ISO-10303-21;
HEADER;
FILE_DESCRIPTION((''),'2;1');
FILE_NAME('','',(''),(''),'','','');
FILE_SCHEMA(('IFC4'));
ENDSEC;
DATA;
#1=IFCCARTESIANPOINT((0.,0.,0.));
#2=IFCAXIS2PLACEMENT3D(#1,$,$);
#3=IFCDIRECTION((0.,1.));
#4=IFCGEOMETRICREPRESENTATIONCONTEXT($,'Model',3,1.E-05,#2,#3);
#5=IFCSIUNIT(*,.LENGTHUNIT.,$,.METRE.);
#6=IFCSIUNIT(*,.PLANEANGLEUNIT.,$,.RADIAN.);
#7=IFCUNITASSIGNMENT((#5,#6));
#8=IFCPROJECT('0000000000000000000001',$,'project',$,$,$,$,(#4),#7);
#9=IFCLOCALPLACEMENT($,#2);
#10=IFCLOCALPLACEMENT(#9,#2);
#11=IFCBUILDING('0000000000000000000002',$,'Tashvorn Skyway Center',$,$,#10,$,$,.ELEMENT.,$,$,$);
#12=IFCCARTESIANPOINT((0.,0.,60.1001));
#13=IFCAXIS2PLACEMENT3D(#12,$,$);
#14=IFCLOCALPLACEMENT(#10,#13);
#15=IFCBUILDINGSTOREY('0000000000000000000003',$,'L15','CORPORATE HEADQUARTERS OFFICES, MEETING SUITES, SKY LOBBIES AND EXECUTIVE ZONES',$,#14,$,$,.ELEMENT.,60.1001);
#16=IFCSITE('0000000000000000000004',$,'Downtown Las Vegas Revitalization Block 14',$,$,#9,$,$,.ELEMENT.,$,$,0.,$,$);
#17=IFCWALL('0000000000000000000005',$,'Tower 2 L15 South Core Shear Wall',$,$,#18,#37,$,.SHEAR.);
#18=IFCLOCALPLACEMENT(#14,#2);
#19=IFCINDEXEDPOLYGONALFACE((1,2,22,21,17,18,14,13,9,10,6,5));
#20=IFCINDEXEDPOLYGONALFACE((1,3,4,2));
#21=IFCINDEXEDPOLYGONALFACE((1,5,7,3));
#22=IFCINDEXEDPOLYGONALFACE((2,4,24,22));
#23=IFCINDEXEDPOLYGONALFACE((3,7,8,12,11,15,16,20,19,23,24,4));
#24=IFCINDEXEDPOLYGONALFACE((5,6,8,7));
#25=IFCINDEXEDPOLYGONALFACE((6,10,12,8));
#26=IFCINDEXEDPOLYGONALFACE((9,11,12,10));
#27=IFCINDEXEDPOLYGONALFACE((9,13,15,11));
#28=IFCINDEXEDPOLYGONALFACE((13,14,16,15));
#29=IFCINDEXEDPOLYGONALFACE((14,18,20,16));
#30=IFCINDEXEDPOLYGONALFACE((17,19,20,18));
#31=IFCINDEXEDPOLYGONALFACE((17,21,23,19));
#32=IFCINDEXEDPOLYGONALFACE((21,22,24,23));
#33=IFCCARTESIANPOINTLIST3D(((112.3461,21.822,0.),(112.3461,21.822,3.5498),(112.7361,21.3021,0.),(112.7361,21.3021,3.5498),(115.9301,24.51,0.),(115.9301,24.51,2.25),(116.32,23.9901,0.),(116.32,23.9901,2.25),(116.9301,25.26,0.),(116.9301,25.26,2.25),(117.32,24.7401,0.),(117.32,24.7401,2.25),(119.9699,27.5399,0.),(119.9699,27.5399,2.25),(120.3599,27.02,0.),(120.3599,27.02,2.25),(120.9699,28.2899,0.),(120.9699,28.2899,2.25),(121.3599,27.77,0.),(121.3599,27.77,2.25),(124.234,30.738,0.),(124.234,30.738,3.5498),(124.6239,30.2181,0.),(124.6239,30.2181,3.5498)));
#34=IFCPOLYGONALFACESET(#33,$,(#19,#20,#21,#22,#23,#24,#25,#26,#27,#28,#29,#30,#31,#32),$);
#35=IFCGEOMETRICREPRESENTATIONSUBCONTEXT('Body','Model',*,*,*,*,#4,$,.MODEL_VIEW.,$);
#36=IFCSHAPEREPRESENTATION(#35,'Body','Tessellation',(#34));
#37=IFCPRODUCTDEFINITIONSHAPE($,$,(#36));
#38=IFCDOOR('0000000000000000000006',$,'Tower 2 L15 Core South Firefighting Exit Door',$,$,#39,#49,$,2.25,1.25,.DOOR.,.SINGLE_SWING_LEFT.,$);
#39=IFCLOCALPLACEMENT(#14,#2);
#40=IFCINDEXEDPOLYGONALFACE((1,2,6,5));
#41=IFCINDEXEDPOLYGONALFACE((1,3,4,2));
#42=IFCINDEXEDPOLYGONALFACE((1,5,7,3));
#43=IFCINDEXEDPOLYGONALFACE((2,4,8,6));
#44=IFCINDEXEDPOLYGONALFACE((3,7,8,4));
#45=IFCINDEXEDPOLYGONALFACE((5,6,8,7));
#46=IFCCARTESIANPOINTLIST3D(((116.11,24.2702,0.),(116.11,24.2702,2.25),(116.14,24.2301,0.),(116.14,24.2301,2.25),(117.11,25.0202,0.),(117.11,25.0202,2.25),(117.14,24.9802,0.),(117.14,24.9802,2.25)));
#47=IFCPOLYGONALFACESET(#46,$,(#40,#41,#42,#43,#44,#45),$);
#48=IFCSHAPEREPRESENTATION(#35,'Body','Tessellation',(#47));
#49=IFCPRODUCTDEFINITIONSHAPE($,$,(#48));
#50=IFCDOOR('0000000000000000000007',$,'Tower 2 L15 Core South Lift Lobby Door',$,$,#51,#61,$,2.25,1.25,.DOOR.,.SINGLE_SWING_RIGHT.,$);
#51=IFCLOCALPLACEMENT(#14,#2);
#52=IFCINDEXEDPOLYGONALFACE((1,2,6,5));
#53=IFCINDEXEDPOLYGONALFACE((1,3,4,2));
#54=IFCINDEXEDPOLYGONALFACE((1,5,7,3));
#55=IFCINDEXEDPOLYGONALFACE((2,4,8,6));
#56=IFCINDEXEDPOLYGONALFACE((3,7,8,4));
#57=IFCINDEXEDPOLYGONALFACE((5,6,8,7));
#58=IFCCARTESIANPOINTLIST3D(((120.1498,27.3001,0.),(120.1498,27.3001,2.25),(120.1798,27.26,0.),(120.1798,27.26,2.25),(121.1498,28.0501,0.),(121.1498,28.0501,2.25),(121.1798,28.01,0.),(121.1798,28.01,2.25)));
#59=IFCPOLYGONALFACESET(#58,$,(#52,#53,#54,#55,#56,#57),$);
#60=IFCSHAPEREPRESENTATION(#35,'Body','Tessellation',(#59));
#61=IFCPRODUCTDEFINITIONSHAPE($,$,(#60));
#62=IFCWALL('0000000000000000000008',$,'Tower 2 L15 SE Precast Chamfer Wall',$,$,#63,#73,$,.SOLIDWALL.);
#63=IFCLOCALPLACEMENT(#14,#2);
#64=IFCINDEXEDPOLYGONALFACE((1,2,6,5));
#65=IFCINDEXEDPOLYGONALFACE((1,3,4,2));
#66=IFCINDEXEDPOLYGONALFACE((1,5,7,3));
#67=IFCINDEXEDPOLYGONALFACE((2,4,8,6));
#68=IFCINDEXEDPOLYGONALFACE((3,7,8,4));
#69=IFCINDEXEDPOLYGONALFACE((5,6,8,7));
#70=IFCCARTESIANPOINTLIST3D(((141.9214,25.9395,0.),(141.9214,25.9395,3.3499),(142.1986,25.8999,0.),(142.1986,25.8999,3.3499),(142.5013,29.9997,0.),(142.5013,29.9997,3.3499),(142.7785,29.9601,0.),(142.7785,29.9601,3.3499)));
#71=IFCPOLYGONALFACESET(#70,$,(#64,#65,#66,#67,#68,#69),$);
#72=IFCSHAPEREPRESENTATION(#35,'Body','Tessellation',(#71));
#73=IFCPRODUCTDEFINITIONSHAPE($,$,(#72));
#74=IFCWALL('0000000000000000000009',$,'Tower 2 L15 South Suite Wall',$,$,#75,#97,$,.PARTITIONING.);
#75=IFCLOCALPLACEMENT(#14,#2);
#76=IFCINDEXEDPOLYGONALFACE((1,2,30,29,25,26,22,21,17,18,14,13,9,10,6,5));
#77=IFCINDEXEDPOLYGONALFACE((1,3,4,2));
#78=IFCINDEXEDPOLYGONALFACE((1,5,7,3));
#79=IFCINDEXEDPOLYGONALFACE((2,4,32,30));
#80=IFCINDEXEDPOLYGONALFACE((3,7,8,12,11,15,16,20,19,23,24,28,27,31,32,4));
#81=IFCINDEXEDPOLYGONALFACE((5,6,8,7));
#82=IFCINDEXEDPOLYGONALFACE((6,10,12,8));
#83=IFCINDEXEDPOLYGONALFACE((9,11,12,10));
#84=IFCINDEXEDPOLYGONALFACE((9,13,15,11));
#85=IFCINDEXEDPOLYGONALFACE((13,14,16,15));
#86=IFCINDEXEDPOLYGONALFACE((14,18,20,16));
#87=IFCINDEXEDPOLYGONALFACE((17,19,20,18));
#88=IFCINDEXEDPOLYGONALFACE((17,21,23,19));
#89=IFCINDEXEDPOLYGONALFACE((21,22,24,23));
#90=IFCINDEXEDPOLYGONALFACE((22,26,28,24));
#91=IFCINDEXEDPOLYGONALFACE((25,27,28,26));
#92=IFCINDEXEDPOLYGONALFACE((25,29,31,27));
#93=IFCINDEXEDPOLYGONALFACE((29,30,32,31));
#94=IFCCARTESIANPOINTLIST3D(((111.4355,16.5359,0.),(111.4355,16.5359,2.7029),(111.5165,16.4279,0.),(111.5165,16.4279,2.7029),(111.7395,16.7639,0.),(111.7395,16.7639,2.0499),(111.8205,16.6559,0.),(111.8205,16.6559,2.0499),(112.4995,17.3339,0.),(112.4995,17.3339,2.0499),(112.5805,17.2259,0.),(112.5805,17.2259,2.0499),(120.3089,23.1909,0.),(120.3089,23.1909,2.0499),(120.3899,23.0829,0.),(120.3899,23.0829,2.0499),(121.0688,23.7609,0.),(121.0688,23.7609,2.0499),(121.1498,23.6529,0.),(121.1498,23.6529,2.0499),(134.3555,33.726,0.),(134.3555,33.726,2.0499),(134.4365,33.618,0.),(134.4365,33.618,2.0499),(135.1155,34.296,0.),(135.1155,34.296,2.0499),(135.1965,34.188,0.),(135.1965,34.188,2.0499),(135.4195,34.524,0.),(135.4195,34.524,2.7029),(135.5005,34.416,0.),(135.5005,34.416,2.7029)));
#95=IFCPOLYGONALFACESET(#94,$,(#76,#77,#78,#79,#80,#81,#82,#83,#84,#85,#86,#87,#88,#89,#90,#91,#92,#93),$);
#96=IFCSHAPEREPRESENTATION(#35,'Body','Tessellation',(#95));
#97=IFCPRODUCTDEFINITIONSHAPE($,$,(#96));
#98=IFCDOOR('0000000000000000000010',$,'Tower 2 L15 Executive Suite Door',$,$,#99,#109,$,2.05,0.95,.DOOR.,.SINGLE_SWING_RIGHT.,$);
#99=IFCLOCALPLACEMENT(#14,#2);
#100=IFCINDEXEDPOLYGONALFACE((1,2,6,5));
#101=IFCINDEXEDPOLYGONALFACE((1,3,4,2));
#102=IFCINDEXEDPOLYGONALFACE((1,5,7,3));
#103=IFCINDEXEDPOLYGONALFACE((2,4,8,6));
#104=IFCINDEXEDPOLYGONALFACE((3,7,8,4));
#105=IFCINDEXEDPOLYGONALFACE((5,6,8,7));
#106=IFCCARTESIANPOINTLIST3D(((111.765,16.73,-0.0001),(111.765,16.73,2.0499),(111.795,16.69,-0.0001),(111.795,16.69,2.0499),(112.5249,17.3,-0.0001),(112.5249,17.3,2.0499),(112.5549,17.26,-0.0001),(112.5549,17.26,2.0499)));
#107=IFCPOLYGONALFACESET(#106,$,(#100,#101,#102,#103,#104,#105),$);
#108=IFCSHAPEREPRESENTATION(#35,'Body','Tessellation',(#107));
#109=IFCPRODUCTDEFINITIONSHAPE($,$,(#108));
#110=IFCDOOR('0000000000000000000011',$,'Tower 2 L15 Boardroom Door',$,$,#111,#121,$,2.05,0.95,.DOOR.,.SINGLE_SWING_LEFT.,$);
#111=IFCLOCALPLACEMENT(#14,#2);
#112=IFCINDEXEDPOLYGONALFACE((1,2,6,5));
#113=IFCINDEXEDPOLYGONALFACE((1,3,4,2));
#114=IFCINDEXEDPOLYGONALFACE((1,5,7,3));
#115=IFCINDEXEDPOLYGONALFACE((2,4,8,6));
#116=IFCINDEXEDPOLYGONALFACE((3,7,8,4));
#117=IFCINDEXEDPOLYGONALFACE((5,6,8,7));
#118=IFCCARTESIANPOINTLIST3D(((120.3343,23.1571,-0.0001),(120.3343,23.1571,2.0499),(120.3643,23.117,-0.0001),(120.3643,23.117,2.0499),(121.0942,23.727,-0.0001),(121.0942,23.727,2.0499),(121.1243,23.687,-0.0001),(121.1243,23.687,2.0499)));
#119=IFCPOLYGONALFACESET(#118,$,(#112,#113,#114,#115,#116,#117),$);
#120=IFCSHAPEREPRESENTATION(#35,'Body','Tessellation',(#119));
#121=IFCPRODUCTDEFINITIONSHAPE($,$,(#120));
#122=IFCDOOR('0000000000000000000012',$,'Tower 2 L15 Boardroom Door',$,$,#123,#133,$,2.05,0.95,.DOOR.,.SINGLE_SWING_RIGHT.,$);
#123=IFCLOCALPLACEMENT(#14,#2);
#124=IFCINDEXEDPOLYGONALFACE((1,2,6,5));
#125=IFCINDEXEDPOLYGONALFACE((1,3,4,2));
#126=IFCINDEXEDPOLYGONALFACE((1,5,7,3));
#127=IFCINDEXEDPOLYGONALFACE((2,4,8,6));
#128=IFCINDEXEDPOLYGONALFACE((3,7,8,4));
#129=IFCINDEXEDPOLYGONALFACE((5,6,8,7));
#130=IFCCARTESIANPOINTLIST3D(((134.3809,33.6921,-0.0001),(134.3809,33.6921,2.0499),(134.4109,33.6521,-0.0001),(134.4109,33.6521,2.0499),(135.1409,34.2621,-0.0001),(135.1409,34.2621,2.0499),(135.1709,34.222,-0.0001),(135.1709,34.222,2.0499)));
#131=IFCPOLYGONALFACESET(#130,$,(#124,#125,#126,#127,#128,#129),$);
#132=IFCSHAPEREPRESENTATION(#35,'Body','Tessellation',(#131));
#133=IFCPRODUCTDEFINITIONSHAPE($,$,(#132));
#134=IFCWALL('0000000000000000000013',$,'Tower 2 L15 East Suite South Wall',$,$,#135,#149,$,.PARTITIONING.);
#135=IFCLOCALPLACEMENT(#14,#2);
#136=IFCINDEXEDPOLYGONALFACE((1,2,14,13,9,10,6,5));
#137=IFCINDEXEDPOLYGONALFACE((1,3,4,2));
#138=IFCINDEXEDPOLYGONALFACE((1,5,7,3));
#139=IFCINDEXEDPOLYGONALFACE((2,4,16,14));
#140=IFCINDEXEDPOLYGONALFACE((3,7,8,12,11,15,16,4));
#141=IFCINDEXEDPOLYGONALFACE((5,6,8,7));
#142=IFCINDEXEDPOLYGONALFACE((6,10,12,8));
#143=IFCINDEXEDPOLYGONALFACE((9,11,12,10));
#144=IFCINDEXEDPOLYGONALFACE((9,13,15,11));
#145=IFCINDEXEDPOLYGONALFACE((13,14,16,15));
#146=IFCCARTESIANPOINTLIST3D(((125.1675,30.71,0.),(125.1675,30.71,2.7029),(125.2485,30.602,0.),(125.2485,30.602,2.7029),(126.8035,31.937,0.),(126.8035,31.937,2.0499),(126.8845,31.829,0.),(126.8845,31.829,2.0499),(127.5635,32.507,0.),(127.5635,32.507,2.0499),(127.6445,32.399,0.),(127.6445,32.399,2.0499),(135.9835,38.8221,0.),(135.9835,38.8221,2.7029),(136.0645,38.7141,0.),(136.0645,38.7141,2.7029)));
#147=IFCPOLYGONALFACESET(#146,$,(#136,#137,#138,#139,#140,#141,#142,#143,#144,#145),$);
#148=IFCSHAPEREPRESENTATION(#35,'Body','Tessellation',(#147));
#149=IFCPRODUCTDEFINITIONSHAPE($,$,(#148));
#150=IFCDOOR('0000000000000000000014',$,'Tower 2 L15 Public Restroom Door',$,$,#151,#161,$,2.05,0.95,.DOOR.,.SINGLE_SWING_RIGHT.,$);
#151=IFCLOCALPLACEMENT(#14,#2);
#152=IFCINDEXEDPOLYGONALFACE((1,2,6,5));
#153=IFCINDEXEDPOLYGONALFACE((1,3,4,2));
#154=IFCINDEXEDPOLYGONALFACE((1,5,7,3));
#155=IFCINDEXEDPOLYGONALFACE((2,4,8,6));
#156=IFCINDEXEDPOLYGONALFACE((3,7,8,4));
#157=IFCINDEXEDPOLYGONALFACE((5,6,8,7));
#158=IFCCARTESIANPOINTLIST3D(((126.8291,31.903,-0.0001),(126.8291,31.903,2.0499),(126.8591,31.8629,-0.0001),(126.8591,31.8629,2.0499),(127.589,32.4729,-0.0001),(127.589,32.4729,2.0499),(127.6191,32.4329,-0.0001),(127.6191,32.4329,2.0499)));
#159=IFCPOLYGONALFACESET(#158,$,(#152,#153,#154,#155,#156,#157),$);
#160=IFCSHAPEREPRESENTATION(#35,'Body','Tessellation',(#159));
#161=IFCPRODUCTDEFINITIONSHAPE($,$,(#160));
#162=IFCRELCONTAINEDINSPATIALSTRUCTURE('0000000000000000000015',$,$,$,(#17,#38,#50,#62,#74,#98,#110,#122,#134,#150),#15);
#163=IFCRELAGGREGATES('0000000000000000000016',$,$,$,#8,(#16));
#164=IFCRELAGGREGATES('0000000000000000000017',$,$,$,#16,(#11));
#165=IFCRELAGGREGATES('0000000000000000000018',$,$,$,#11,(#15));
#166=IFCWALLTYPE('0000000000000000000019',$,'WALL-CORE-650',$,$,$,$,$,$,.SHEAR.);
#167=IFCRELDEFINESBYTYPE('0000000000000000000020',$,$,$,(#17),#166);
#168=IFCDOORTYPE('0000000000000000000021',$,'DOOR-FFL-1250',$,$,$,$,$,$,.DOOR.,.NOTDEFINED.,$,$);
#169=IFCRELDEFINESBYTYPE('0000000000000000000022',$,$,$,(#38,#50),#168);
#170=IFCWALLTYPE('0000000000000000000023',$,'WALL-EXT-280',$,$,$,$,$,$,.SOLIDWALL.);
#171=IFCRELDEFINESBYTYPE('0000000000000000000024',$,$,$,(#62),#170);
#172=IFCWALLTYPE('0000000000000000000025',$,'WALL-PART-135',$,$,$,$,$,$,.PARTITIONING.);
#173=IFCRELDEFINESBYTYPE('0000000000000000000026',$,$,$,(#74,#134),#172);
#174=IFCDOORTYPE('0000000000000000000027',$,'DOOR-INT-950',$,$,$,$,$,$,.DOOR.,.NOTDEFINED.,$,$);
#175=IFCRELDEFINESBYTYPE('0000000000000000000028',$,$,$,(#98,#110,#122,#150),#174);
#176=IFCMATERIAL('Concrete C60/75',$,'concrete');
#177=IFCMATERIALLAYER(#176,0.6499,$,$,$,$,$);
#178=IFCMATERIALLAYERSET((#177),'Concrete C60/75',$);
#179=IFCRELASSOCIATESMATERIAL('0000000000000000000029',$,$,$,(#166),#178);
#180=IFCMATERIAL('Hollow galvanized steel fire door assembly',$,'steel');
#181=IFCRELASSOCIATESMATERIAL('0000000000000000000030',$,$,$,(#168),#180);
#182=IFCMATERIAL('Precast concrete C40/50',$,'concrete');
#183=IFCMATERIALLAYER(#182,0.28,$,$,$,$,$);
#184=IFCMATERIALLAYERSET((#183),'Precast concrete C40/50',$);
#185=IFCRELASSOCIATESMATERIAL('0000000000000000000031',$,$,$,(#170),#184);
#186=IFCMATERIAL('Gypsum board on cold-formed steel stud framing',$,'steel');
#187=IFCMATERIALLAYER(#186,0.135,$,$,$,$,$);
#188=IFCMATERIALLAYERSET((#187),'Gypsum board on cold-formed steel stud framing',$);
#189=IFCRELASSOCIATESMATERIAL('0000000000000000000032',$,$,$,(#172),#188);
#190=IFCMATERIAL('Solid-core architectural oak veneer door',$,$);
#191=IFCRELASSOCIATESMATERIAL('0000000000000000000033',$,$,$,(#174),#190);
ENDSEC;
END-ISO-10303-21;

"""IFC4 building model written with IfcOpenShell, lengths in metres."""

from ifc_helpers import new_model, si_unit, direction, frame, frame_2d, origin, place, context, subcontext, project, spatial, rectangle, extrude, material, layer, layer_set, type_object, element, fill, save


model = new_model("IFC4")

# Units and contexts
model_context = context("Model", 3, precision=1e-05, world=origin(), true_north=direction((0.0, 1.0)))
body_context = subcontext(model_context, "Body", "Model", "MODEL_VIEW")
ifc_project = project(units=[si_unit("LENGTHUNIT", "METRE"), si_unit("PLANEANGLEUNIT", "RADIAN")], contexts=[model_context])

# Site, building, storey
site_placement = place(None, origin())
site = spatial("IfcSite", under=ifc_project, at=site_placement, Name="Downtown Las Vegas Revitalization Block 14", CompositionType="ELEMENT", RefElevation=0.0)
building_placement = place(site_placement, origin())
building = spatial("IfcBuilding", under=site, at=building_placement, Name="Tashvorn Skyway Center", CompositionType="ELEMENT")
storey_placement = place(building_placement, frame((0.0, 0.0, 60.1001)))
storey = spatial("IfcBuildingStorey", under=building, at=storey_placement, Name="L15", Description="CORPORATE HEADQUARTERS OFFICES, MEETING SUITES, SKY LOBBIES AND EXECUTIVE ZONES", CompositionType="ELEMENT", Elevation=60.1001)

# Wall, openings, doors
ifc_material_1 = material(Name="Concrete C60/75", Category="concrete")
ifc_layer_1 = layer(ifc_material_1, 0.6499)
ifc_layer_set_1 = layer_set([ifc_layer_1], Name="Concrete C60/75")
wall_type_1 = type_object("IfcWallType", Name="WALL-CORE-650", PredefinedType="SHEAR", material=ifc_layer_set_1)
wall_1_placement = place(storey_placement, frame((124.429, 30.478, 0.0), z_axis=(0.0, 0.0, 1.0), x_axis=(-0.799998, -0.600003, 0.0)))
wall_1 = element("IfcWall", 1, at=wall_1_placement, inside=storey, type_object=wall_type_1, Name="Tower 2 L15 South Core Shear Wall", PredefinedType="SHEAR", context=body_context, shape_type="SweptSolid", body=[
    extrude(rectangle(XDim=14.8599, YDim=0.6499, at=frame_2d((7.4299, 0.0))), origin(), (0.0, 0.0, 1.0), 3.5498),
])
opening_1_placement = place(wall_1_placement, frame((9.1299, 0.0, 0.0)))
opening_1 = element("IfcOpeningElement", 2, at=opening_1_placement, cuts=wall_1, PredefinedType="OPENING", context=body_context, shape_type="SweptSolid", body=[
    extrude(rectangle(XDim=1.25, YDim=2.25, at=frame_2d((0.625, 1.125))), frame((0.0, 0.335, 0.0), z_axis=(0.0, -1.0, 0.0), x_axis=(1.0, 0.0, 0.0)), (0.0, 0.0, 1.0), 0.6699),
])
opening_2_placement = place(wall_1_placement, frame((4.0801, 0.0, 0.0)))
opening_2 = element("IfcOpeningElement", 3, at=opening_2_placement, cuts=wall_1, PredefinedType="OPENING", context=body_context, shape_type="SweptSolid", body=[
    extrude(rectangle(XDim=1.25, YDim=2.25, at=frame_2d((0.625, 1.125))), frame((0.0, 0.335, 0.0), z_axis=(0.0, -1.0, 0.0), x_axis=(1.0, 0.0, 0.0)), (0.0, 0.0, 1.0), 0.6699),
])
ifc_material_2 = material(Name="Hollow galvanized steel fire door assembly", Category="steel")
door_type_1 = type_object("IfcDoorType", Name="DOOR-FFL-1250", OperationType="NOTDEFINED", PredefinedType="DOOR", material=ifc_material_2)
door_1_placement = place(opening_1_placement, origin())
door_1 = element("IfcDoor", 4, at=door_1_placement, inside=storey, type_object=door_type_1, Name="Tower 2 L15 Core South Firefighting Exit Door", OperationType="SINGLE_SWING_LEFT", OverallHeight=2.25, OverallWidth=1.25, PredefinedType="DOOR", context=body_context, shape_type="SweptSolid", body=[
    extrude(rectangle(XDim=1.25, YDim=2.25, at=frame_2d((0.625, 1.125))), frame((0.0, 0.0249, 0.0), z_axis=(0.0, -1.0, 0.0), x_axis=(1.0, 0.0, 0.0)), (0.0, 0.0, 1.0), 0.05),
])
fill(opening_1, door_1)
door_2_placement = place(opening_2_placement, origin())
door_2 = element("IfcDoor", 5, at=door_2_placement, inside=storey, type_object=door_type_1, Name="Tower 2 L15 Core South Lift Lobby Door", OperationType="SINGLE_SWING_RIGHT", OverallHeight=2.25, OverallWidth=1.25, PredefinedType="DOOR", context=body_context, shape_type="SweptSolid", body=[
    extrude(rectangle(XDim=1.25, YDim=2.25, at=frame_2d((0.625, 1.125))), frame((0.0, 0.0249, 0.0), z_axis=(0.0, -1.0, 0.0), x_axis=(1.0, 0.0, 0.0)), (0.0, 0.0, 1.0), 0.05),
])
fill(opening_2, door_2)

# Wall
ifc_material_3 = material(Name="Precast concrete C40/50", Category="concrete")
ifc_layer_2 = layer(ifc_material_3, 0.28)
ifc_layer_set_2 = layer_set([ifc_layer_2], Name="Precast concrete C40/50")
wall_type_2 = type_object("IfcWallType", Name="WALL-EXT-280", PredefinedType="SOLIDWALL", material=ifc_layer_set_2)
wall_2_placement = place(storey_placement, frame((142.6399, 29.98, 0.0), z_axis=(0.0, 0.0, 1.0), x_axis=(-0.14138, -0.989955, 0.0)))
element("IfcWall", 6, at=wall_2_placement, inside=storey, type_object=wall_type_2, Name="Tower 2 L15 SE Precast Chamfer Wall", PredefinedType="SOLIDWALL", context=body_context, shape_type="SweptSolid", body=[
    extrude(rectangle(XDim=4.1013, YDim=0.28, at=frame_2d((2.0508, 0.0))), origin(), (0.0, 0.0, 1.0), 3.3499),
])

# Wall, openings, doors
ifc_material_4 = material(Name="Gypsum board on cold-formed steel stud framing", Category="steel")
ifc_layer_3 = layer(ifc_material_4, 0.135)
ifc_layer_set_3 = layer_set([ifc_layer_3], Name="Gypsum board on cold-formed steel stud framing")
wall_type_3 = type_object("IfcWallType", Name="WALL-PART-135", PredefinedType="PARTITIONING", material=ifc_layer_set_3)
wall_3_placement = place(storey_placement, frame((135.46, 34.47, 0.0), z_axis=(0.0, 0.0, 1.0), x_axis=(-0.799998, -0.600003, 0.0)))
wall_3 = element("IfcWall", 7, at=wall_3_placement, inside=storey, type_object=wall_type_3, Name="Tower 2 L15 South Suite Wall", PredefinedType="PARTITIONING", context=body_context, shape_type="SweptSolid", body=[
    extrude(rectangle(XDim=29.98, YDim=0.135, at=frame_2d((14.99, 0.0))), origin(), (0.0, 0.0, 1.0), 2.7029),
])
opening_3_placement = place(wall_3_placement, frame((28.6499, 0.0, 0.0)))
opening_3 = element("IfcOpeningElement", 8, at=opening_3_placement, cuts=wall_3, PredefinedType="OPENING", context=body_context, shape_type="SweptSolid", body=[
    extrude(rectangle(XDim=0.95, YDim=2.05, at=frame_2d((0.4751, 1.0249))), frame((0.0, 0.0774, 0.0), z_axis=(0.0, -1.0, 0.0), x_axis=(1.0, 0.0, 0.0)), (0.0, 0.0, 1.0), 0.155),
])
opening_4_placement = place(wall_3_placement, frame((17.9382, 0.0, 0.0)))
opening_4 = element("IfcOpeningElement", 9, at=opening_4_placement, cuts=wall_3, PredefinedType="OPENING", context=body_context, shape_type="SweptSolid", body=[
    extrude(rectangle(XDim=0.95, YDim=2.05, at=frame_2d((0.4751, 1.0249))), frame((0.0, 0.0774, 0.0), z_axis=(0.0, -1.0, 0.0), x_axis=(1.0, 0.0, 0.0)), (0.0, 0.0, 1.0), 0.155),
])
opening_5_placement = place(wall_3_placement, frame((0.3799, 0.0, 0.0)))
opening_5 = element("IfcOpeningElement", 10, at=opening_5_placement, cuts=wall_3, PredefinedType="OPENING", context=body_context, shape_type="SweptSolid", body=[
    extrude(rectangle(XDim=0.95, YDim=2.05, at=frame_2d((0.4751, 1.0249))), frame((0.0, 0.0774, 0.0), z_axis=(0.0, -1.0, 0.0), x_axis=(1.0, 0.0, 0.0)), (0.0, 0.0, 1.0), 0.155),
])
ifc_material_5 = material(Name="Solid-core architectural oak veneer door")
door_type_2 = type_object("IfcDoorType", Name="DOOR-INT-950", OperationType="NOTDEFINED", PredefinedType="DOOR", material=ifc_material_5)
door_3_placement = place(opening_3_placement, origin())
door_3 = element("IfcDoor", 11, at=door_3_placement, inside=storey, type_object=door_type_2, Name="Tower 2 L15 Executive Suite Door", OperationType="SINGLE_SWING_RIGHT", OverallHeight=2.05, OverallWidth=0.95, PredefinedType="DOOR", context=body_context, shape_type="SweptSolid", body=[
    extrude(rectangle(XDim=0.95, YDim=2.05, at=frame_2d((0.4751, 1.0249))), frame((0.0, 0.0249, 0.0), z_axis=(0.0, -1.0, 0.0), x_axis=(1.0, 0.0, 0.0)), (0.0, 0.0, 1.0), 0.05),
])
fill(opening_3, door_3)
door_4_placement = place(opening_4_placement, origin())
door_4 = element("IfcDoor", 12, at=door_4_placement, inside=storey, type_object=door_type_2, Name="Tower 2 L15 Boardroom Door", OperationType="SINGLE_SWING_LEFT", OverallHeight=2.05, OverallWidth=0.95, PredefinedType="DOOR", context=body_context, shape_type="SweptSolid", body=[
    extrude(rectangle(XDim=0.95, YDim=2.05, at=frame_2d((0.4751, 1.0249))), frame((0.0, 0.0249, 0.0), z_axis=(0.0, -1.0, 0.0), x_axis=(1.0, 0.0, 0.0)), (0.0, 0.0, 1.0), 0.05),
])
fill(opening_4, door_4)
door_5_placement = place(opening_5_placement, origin())
door_5 = element("IfcDoor", 13, at=door_5_placement, inside=storey, type_object=door_type_2, Name="Tower 2 L15 Boardroom Door", OperationType="SINGLE_SWING_RIGHT", OverallHeight=2.05, OverallWidth=0.95, PredefinedType="DOOR", context=body_context, shape_type="SweptSolid", body=[
    extrude(rectangle(XDim=0.95, YDim=2.05, at=frame_2d((0.4751, 1.0249))), frame((0.0, 0.0249, 0.0), z_axis=(0.0, -1.0, 0.0), x_axis=(1.0, 0.0, 0.0)), (0.0, 0.0, 1.0), 0.05),
])
fill(opening_5, door_5)

# Wall, opening, door
wall_4_placement = place(storey_placement, frame((125.208, 30.656, 0.0), z_axis=(0.0, 0.0, 1.0), x_axis=(0.799996, 0.600006, 0.0)))
wall_4 = element("IfcWall", 14, at=wall_4_placement, inside=storey, type_object=wall_type_3, Name="Tower 2 L15 East Suite South Wall", PredefinedType="PARTITIONING", context=body_context, shape_type="SweptSolid", body=[
    extrude(rectangle(XDim=13.52, YDim=0.135, at=frame_2d((6.76, 0.0))), origin(), (0.0, 0.0, 1.0), 2.7029),
])
opening_6_placement = place(wall_4_placement, frame((2.0449, 0.0, 0.0)))
opening_6 = element("IfcOpeningElement", 15, at=opening_6_placement, cuts=wall_4, PredefinedType="OPENING", context=body_context, shape_type="SweptSolid", body=[
    extrude(rectangle(XDim=0.95, YDim=2.05, at=frame_2d((0.4751, 1.0249))), frame((0.0, 0.0774, 0.0), z_axis=(0.0, -1.0, 0.0), x_axis=(1.0, 0.0, 0.0)), (0.0, 0.0, 1.0), 0.155),
])
door_6_placement = place(opening_6_placement, origin())
door_6 = element("IfcDoor", 16, at=door_6_placement, inside=storey, type_object=door_type_2, Name="Tower 2 L15 Public Restroom Door", OperationType="SINGLE_SWING_RIGHT", OverallHeight=2.05, OverallWidth=0.95, PredefinedType="DOOR", context=body_context, shape_type="SweptSolid", body=[
    extrude(rectangle(XDim=0.95, YDim=2.05, at=frame_2d((0.4751, 1.0249))), frame((0.0, 0.0249, 0.0), z_axis=(0.0, -1.0, 0.0), x_axis=(1.0, 0.0, 0.0)), (0.0, 0.0, 1.0), 0.05),
])
fill(opening_6, door_6)

save(model, "model.ifc")
